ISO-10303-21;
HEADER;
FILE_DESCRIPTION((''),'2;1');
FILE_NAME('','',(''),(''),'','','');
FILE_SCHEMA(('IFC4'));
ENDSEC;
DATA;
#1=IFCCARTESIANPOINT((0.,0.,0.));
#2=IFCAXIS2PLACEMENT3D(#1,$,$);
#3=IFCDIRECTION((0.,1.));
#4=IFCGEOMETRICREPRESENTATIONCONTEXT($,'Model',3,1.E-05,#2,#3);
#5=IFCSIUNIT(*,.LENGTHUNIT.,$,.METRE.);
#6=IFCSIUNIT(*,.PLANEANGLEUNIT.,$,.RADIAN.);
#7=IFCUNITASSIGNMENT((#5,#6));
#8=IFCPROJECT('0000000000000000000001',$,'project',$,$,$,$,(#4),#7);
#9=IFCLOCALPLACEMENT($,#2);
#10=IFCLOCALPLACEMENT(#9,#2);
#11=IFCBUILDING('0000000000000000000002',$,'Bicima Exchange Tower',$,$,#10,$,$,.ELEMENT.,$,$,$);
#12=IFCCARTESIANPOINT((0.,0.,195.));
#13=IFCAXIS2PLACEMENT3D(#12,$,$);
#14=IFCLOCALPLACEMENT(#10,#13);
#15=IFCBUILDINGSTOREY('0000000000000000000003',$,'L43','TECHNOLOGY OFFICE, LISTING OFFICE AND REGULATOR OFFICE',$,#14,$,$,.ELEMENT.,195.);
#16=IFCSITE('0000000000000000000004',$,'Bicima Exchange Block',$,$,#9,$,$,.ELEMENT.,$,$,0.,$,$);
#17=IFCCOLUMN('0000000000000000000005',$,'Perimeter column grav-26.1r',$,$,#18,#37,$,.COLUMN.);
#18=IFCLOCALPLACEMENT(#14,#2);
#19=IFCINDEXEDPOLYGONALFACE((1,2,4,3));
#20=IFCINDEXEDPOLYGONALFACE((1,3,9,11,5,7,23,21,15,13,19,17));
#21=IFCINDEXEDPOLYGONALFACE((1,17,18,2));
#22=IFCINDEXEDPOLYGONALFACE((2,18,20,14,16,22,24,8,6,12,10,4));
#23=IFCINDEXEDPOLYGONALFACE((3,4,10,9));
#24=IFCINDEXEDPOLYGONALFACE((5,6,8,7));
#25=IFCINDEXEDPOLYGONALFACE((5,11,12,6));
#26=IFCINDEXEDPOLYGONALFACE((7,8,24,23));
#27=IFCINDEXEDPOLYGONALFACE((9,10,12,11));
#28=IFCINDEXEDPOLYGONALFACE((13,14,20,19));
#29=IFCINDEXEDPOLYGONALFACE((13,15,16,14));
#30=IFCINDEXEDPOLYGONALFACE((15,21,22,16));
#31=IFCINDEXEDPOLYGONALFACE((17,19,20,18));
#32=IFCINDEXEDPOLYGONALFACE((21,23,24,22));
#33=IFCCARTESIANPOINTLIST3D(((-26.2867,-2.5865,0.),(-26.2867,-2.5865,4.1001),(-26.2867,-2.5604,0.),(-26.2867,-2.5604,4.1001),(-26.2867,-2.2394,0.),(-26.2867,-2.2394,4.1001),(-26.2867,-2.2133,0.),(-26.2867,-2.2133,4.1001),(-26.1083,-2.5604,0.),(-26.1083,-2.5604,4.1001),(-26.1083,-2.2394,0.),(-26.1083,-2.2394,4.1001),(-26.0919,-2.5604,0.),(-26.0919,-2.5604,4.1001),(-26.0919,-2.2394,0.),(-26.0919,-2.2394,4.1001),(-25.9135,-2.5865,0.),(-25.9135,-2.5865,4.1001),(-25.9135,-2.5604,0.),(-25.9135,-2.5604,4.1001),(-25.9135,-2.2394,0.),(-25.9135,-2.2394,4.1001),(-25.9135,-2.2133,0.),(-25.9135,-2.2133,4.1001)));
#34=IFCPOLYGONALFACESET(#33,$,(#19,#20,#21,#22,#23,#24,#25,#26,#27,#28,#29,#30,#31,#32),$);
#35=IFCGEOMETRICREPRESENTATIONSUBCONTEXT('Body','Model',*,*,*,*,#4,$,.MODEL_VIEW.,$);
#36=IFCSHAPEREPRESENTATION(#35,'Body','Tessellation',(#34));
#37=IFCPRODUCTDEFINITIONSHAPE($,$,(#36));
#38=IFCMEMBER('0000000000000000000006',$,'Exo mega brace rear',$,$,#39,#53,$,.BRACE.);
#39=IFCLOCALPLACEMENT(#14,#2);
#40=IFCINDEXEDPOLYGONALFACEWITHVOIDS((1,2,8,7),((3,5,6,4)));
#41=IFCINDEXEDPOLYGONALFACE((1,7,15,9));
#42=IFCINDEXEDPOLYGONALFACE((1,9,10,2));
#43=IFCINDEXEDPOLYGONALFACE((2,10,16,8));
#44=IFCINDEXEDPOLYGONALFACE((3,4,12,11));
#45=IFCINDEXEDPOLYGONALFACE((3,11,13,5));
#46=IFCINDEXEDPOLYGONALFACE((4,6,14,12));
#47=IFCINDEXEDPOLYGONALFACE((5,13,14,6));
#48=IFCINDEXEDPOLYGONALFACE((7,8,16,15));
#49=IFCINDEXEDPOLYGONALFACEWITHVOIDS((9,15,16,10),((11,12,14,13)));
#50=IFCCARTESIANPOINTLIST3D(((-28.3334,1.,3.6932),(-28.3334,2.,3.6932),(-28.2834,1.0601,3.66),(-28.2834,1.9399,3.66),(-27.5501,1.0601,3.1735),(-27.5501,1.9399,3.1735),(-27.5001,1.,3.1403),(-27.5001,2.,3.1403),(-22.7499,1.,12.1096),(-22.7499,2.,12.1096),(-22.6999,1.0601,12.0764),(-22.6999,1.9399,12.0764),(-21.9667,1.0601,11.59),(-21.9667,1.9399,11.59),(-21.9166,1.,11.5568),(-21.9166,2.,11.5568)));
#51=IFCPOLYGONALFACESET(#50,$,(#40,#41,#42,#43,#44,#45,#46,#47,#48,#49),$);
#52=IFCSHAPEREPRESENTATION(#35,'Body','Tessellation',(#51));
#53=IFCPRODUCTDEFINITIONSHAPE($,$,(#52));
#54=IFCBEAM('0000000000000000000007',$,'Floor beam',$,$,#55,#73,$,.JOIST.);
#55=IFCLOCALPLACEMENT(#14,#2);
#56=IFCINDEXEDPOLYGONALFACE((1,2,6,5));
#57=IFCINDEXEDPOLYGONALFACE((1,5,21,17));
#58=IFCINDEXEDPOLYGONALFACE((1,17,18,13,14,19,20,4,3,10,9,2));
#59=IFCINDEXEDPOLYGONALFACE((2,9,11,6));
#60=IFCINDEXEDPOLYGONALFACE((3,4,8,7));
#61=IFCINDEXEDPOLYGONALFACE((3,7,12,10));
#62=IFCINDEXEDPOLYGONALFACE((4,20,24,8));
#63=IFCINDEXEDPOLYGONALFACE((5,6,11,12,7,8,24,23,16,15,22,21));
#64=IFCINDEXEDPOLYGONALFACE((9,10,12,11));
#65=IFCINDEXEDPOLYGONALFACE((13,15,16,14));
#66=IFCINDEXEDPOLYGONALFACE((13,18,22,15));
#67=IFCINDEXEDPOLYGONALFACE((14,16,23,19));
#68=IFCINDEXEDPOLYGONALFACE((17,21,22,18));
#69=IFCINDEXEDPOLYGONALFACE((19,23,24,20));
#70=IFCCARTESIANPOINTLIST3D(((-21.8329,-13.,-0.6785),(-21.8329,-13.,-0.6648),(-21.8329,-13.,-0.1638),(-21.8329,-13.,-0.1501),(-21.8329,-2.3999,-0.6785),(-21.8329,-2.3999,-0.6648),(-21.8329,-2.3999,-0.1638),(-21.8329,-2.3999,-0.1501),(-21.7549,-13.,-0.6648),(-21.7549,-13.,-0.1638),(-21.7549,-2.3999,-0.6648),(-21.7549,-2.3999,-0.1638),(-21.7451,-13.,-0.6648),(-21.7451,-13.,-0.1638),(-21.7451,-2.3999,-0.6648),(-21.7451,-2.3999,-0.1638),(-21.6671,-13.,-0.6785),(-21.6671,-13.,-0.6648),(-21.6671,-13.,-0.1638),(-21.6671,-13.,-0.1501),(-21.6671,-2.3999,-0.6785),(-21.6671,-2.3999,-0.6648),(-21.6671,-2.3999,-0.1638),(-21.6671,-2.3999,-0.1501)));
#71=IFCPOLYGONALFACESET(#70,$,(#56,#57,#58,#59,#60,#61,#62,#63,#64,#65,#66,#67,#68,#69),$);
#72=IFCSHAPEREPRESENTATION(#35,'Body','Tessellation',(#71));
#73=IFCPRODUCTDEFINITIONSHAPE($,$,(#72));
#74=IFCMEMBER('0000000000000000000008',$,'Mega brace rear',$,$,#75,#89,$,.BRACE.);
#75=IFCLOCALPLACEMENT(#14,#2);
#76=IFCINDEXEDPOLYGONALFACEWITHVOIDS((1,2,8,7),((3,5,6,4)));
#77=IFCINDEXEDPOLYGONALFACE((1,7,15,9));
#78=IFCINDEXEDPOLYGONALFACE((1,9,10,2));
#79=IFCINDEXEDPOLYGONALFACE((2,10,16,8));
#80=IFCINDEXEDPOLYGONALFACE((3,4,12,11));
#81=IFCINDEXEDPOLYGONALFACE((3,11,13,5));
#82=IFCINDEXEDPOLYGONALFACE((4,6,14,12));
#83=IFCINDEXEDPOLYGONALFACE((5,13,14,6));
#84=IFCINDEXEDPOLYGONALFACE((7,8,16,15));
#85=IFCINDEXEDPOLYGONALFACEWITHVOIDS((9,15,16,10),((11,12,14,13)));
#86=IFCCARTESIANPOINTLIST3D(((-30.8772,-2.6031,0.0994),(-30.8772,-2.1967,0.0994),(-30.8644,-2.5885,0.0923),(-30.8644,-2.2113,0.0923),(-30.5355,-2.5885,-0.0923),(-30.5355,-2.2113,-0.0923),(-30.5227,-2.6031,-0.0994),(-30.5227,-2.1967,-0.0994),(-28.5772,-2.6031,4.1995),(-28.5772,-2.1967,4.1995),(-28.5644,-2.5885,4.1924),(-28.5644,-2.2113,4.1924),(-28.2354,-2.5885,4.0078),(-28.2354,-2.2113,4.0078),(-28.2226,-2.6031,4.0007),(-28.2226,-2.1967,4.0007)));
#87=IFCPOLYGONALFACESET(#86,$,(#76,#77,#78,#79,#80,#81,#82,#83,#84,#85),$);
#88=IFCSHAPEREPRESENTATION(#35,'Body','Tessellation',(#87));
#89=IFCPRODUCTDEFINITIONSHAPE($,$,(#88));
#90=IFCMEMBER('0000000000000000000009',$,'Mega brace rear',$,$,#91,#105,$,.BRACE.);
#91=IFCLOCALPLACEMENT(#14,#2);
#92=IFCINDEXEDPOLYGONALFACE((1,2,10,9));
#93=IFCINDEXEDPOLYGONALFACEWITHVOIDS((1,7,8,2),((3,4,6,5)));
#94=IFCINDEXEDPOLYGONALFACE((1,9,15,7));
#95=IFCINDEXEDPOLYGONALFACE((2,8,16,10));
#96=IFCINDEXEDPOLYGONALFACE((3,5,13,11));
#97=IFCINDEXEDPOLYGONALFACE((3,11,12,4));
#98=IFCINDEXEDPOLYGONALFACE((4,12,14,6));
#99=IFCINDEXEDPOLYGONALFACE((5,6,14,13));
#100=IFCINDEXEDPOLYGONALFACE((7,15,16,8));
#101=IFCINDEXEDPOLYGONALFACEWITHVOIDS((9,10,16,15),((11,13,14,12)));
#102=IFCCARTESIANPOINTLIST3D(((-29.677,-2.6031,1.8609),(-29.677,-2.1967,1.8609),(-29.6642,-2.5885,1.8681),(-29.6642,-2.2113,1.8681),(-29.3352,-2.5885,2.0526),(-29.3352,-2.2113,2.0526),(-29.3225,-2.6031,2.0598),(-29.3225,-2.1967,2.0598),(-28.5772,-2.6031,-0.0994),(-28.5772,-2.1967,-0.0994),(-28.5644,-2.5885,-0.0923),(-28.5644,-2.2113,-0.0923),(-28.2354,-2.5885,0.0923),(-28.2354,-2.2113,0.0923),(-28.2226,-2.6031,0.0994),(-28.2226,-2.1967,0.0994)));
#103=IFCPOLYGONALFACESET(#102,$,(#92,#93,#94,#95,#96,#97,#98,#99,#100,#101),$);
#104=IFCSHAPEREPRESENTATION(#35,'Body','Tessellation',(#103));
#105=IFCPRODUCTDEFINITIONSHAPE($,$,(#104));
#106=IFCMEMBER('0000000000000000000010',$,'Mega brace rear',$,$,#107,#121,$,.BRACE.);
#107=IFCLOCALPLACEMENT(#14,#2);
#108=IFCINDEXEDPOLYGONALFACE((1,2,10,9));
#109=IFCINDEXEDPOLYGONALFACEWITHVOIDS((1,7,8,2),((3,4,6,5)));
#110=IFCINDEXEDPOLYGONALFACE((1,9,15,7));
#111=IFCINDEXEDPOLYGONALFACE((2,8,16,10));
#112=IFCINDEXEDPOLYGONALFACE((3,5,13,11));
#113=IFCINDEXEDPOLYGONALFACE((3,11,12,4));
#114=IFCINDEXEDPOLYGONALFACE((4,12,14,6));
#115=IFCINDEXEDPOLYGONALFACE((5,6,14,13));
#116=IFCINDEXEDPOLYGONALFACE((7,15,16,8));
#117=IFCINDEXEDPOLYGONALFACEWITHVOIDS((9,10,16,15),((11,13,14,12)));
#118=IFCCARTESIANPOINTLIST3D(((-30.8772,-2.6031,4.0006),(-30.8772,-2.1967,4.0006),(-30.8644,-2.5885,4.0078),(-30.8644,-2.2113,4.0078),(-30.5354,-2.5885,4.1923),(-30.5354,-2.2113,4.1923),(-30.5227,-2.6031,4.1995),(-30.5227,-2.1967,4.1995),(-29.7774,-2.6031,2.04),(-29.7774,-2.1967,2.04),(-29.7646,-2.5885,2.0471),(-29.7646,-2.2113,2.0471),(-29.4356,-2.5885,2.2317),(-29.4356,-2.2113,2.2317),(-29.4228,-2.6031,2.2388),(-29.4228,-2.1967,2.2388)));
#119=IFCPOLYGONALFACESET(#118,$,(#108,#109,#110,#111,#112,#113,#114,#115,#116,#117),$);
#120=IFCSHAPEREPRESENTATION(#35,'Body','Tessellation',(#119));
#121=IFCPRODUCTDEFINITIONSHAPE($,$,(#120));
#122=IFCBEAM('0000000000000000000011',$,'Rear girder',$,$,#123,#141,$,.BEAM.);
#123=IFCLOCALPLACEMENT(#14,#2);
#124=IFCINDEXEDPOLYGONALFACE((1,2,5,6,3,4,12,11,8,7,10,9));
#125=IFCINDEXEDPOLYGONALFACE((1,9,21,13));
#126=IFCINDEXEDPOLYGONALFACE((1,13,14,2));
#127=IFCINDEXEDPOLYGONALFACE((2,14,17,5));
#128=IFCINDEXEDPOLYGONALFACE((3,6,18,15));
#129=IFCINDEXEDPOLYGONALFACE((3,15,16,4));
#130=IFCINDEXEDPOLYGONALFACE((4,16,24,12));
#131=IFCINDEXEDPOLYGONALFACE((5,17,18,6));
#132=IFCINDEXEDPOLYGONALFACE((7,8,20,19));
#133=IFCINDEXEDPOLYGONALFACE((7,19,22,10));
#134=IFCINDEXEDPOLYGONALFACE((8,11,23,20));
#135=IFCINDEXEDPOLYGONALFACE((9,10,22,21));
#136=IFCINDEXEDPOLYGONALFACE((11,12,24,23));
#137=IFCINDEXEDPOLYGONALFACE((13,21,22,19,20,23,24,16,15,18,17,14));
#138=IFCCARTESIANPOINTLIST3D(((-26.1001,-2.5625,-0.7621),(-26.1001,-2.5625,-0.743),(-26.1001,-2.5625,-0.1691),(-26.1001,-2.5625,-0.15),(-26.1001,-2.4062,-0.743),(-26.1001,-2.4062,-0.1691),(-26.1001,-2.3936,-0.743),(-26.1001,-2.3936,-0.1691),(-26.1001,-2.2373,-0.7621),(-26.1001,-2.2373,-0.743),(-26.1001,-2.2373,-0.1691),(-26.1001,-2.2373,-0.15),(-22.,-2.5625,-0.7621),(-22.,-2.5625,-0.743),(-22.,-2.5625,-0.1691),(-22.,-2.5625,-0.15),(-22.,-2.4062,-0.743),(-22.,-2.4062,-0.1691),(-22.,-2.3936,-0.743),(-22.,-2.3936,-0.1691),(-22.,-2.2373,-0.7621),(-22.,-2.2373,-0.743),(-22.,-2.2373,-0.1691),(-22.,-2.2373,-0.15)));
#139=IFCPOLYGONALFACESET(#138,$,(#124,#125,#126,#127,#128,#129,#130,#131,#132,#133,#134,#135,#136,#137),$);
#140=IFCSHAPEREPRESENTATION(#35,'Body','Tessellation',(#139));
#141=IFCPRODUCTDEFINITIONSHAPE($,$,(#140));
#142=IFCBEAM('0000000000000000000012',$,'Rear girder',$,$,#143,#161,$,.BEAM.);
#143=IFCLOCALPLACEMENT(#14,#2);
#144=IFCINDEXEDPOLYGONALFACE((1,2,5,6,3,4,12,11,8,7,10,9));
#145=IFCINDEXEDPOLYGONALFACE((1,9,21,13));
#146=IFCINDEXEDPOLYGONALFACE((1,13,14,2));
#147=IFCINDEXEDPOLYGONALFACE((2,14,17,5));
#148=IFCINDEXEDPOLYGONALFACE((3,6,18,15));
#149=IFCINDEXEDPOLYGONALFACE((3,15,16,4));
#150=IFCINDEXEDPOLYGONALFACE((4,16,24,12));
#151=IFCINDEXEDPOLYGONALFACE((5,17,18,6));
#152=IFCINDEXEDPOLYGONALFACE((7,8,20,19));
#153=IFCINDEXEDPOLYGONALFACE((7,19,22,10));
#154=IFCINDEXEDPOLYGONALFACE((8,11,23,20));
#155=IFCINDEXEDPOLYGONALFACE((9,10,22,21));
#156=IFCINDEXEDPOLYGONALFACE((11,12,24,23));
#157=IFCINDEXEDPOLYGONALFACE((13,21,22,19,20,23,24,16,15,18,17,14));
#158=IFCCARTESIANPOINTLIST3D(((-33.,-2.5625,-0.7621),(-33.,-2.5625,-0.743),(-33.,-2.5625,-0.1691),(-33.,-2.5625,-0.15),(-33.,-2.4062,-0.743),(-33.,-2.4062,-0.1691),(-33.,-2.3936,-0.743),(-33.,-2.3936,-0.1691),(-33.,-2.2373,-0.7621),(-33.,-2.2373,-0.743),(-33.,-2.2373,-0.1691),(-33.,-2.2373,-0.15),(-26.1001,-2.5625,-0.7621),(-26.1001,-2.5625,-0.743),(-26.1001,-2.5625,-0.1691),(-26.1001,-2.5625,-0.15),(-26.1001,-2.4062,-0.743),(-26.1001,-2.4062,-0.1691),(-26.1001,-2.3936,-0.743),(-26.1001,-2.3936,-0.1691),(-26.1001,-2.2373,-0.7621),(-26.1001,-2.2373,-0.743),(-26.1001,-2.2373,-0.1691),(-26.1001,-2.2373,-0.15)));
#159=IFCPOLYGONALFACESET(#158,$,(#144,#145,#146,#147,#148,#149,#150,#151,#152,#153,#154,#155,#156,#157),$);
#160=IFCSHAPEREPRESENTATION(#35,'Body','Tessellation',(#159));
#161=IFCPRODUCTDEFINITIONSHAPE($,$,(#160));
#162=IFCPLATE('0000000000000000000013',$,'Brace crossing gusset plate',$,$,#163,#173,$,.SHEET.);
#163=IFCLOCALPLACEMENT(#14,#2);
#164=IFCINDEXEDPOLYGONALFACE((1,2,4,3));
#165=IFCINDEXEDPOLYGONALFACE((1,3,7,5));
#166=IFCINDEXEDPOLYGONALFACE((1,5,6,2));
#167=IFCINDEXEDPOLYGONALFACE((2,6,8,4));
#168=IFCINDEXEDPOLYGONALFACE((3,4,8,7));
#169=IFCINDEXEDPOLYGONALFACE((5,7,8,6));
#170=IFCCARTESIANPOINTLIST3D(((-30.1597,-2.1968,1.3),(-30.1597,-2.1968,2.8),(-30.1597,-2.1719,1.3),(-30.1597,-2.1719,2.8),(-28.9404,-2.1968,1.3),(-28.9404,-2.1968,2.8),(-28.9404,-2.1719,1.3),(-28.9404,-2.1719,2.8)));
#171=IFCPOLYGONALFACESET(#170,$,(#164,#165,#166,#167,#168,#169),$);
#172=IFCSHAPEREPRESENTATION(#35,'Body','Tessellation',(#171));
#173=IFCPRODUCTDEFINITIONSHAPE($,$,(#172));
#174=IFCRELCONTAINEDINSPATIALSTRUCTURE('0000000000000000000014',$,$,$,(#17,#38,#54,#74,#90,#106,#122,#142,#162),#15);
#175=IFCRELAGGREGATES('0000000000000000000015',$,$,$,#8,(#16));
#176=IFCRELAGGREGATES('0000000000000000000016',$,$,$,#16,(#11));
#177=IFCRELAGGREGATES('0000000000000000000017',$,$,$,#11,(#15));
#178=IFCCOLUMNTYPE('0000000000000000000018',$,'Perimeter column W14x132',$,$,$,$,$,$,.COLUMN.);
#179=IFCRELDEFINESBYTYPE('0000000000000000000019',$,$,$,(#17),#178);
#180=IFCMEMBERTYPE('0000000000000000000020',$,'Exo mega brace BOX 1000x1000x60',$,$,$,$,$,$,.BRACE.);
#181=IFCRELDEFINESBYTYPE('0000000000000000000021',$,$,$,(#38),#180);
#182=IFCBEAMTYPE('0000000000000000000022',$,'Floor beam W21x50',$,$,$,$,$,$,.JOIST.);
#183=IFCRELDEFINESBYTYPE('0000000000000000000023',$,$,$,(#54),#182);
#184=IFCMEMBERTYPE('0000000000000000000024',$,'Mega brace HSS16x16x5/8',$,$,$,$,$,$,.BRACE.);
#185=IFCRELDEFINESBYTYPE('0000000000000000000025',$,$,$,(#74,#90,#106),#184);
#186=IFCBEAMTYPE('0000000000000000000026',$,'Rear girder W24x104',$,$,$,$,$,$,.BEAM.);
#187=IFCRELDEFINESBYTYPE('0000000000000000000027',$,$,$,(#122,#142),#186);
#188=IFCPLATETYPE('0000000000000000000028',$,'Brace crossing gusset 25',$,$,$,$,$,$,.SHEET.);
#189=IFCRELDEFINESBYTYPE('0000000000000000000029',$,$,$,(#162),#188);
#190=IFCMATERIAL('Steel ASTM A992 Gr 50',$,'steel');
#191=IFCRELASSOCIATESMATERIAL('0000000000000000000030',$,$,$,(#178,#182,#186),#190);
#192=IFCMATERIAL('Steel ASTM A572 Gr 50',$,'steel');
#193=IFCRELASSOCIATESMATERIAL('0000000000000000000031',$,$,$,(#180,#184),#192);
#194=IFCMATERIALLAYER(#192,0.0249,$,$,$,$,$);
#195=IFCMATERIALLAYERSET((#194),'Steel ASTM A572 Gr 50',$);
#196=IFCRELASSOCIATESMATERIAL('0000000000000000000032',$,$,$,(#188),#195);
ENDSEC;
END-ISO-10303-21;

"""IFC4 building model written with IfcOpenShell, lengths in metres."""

from ifc_helpers import new_model, si_unit, direction, frame, origin, origin_2d, place, context, subcontext, project, spatial, rectangle, hollow_rectangle, i_section, extrude, material, layer, layer_set, material_profile, profile_set, type_object, element, save


model = new_model("IFC4")

# Units and contexts
model_context = context("Model", 3, precision=1e-05, world=origin(), true_north=direction((0.0, 1.0)))
body_context = subcontext(model_context, "Body", "Model", "MODEL_VIEW")
ifc_project = project(units=[si_unit("LENGTHUNIT", "METRE"), si_unit("PLANEANGLEUNIT", "RADIAN")], contexts=[model_context])

# Site, building, storey
site_placement = place(None, origin())
site = spatial("IfcSite", under=ifc_project, at=site_placement, Name="Bicima Exchange Block", CompositionType="ELEMENT", RefElevation=0.0)
building_placement = place(site_placement, origin())
building = spatial("IfcBuilding", under=site, at=building_placement, Name="Bicima Exchange Tower", CompositionType="ELEMENT")
storey_placement = place(building_placement, frame((0.0, 0.0, 195.0)))
storey = spatial("IfcBuildingStorey", under=building, at=storey_placement, Name="L43", Description="TECHNOLOGY OFFICE, LISTING OFFICE AND REGULATOR OFFICE", CompositionType="ELEMENT", Elevation=195.0)

# Column
ifc_material_1 = material(Name="Steel ASTM A992 Gr 50", Category="steel")
ifc_material_profile_1 = material_profile(ifc_material_1, i_section(OverallWidth=0.3733, OverallDepth=0.3733, WebThickness=0.0164, FlangeThickness=0.0261, at=origin_2d()))
ifc_profile_set_1 = profile_set([ifc_material_profile_1], Name="Steel ASTM A992 Gr 50")
column_type = type_object("IfcColumnType", Name="Perimeter column W14x132", PredefinedType="COLUMN", material=ifc_profile_set_1)
column_placement = place(storey_placement, frame((-26.1001, -2.3999, 0.0), z_axis=(0.0, 0.0, 1.0), x_axis=(1.0, 0.0, 0.0)))
element("IfcColumn", 1, at=column_placement, inside=storey, type_object=column_type, Name="Perimeter column grav-26.1r", PredefinedType="COLUMN", context=body_context, shape_type="SweptSolid", body=[
    extrude(i_section(OverallWidth=0.3733, OverallDepth=0.3733, WebThickness=0.0164, FlangeThickness=0.0261, at=origin_2d()), origin(), (0.0, 0.0, 1.0), 4.1001),
])

# Member
ifc_material_2 = material(Name="Steel ASTM A572 Gr 50", Category="steel")
ifc_material_profile_2 = material_profile(ifc_material_2, hollow_rectangle(XDim=1.0, YDim=1.0, WallThickness=0.0601, at=origin_2d()))
ifc_profile_set_2 = profile_set([ifc_material_profile_2], Name="Steel ASTM A572 Gr 50")
member_type_1 = type_object("IfcMemberType", Name="Exo mega brace BOX 1000x1000x60", PredefinedType="BRACE", material=ifc_profile_set_2)
member_1_placement = place(storey_placement, frame((-27.9167, 1.5, 3.4167), z_axis=(0.552813, 0.0, 0.833305), x_axis=(0.0, 1.0, 0.0)))
element("IfcMember", 2, at=member_1_placement, inside=storey, type_object=member_type_1, Name="Exo mega brace rear", PredefinedType="BRACE", context=body_context, shape_type="SweptSolid", body=[
    extrude(hollow_rectangle(XDim=1.0, YDim=1.0, WallThickness=0.0601, at=origin_2d()), origin(), (0.0, 0.0, 1.0), 10.1001),
])

# Beam
ifc_material_profile_3 = material_profile(ifc_material_1, i_section(OverallWidth=0.1658, OverallDepth=0.5283, WebThickness=0.0098, FlangeThickness=0.0137, at=origin_2d()))
ifc_profile_set_3 = profile_set([ifc_material_profile_3], Name="Steel ASTM A992 Gr 50")
beam_type_1 = type_object("IfcBeamType", Name="Floor beam W21x50", PredefinedType="JOIST", material=ifc_profile_set_3)
beam_1_placement = place(storey_placement, frame((-21.75, -2.3999, -0.4143), z_axis=(0.0, -1.0, 0.0), x_axis=(1.0, 0.0, 0.0)))
element("IfcBeam", 3, at=beam_1_placement, inside=storey, type_object=beam_type_1, Name="Floor beam", PredefinedType="JOIST", context=body_context, shape_type="SweptSolid", body=[
    extrude(i_section(OverallWidth=0.1658, OverallDepth=0.5283, WebThickness=0.0098, FlangeThickness=0.0137, at=origin_2d()), origin(), (0.0, 0.0, 1.0), 10.6001),
])

# Members
ifc_material_profile_4 = material_profile(ifc_material_2, hollow_rectangle(XDim=0.4065, YDim=0.4065, WallThickness=0.0146, at=origin_2d()))
ifc_profile_set_4 = profile_set([ifc_material_profile_4], Name="Steel ASTM A572 Gr 50")
member_type_2 = type_object("IfcMemberType", Name="Mega brace HSS16x16x5/8", PredefinedType="BRACE", material=ifc_profile_set_4)
member_2_placement = place(storey_placement, frame((-30.7, -2.3999, 0.0), z_axis=(0.48925, 0.0, 0.872144), x_axis=(0.0, 1.0, 0.0)))
element("IfcMember", 4, at=member_2_placement, inside=storey, type_object=member_type_2, Name="Mega brace rear", PredefinedType="BRACE", context=body_context, shape_type="SweptSolid", body=[
    extrude(hollow_rectangle(XDim=0.4065, YDim=0.4065, WallThickness=0.0146, at=origin_2d()), origin(), (0.0, 0.0, 1.0), 4.7012),
])
member_3_placement = place(storey_placement, frame((-28.3999, -2.3999, 0.0), z_axis=(-0.489281, 0.0, 0.872126), x_axis=(0.0, -1.0, 0.0)))
element("IfcMember", 5, at=member_3_placement, inside=storey, type_object=member_type_2, Name="Mega brace rear", PredefinedType="BRACE", context=body_context, shape_type="SweptSolid", body=[
    extrude(hollow_rectangle(XDim=0.4065, YDim=0.4065, WallThickness=0.0146, at=origin_2d()), origin(), (0.0, 0.0, 1.0), 2.2478),
])
member_4_placement = place(storey_placement, frame((-29.6001, -2.3999, 2.1394), z_axis=(-0.489235, 0.0, 0.872152), x_axis=(0.0, -1.0, 0.0)))
element("IfcMember", 6, at=member_4_placement, inside=storey, type_object=member_type_2, Name="Mega brace rear", PredefinedType="BRACE", context=body_context, shape_type="SweptSolid", body=[
    extrude(hollow_rectangle(XDim=0.4065, YDim=0.4065, WallThickness=0.0146, at=origin_2d()), origin(), (0.0, 0.0, 1.0), 2.248),
])

# Beams
ifc_material_profile_5 = material_profile(ifc_material_1, i_section(OverallWidth=0.3252, OverallDepth=0.6121, WebThickness=0.0127, FlangeThickness=0.019, at=origin_2d()))
ifc_profile_set_5 = profile_set([ifc_material_profile_5], Name="Steel ASTM A992 Gr 50")
beam_type_2 = type_object("IfcBeamType", Name="Rear girder W24x104", PredefinedType="BEAM", material=ifc_profile_set_5)
beam_2_placement = place(storey_placement, frame((-22.0, -2.3999, -0.4561), z_axis=(-1.0, 0.0, 0.0), x_axis=(0.0, -1.0, 0.0)))
element("IfcBeam", 7, at=beam_2_placement, inside=storey, type_object=beam_type_2, Name="Rear girder", PredefinedType="BEAM", context=body_context, shape_type="SweptSolid", body=[
    extrude(i_section(OverallWidth=0.3252, OverallDepth=0.6121, WebThickness=0.0127, FlangeThickness=0.019, at=origin_2d()), origin(), (0.0, 0.0, 1.0), 4.1001),
])
beam_3_placement = place(storey_placement, frame((-26.1001, -2.3999, -0.4561), z_axis=(-1.0, 0.0, 0.0), x_axis=(0.0, -1.0, 0.0)))
element("IfcBeam", 8, at=beam_3_placement, inside=storey, type_object=beam_type_2, Name="Rear girder", PredefinedType="BEAM", context=body_context, shape_type="SweptSolid", body=[
    extrude(i_section(OverallWidth=0.3252, OverallDepth=0.6121, WebThickness=0.0127, FlangeThickness=0.019, at=origin_2d()), origin(), (0.0, 0.0, 1.0), 6.8999),
])

# Plate
ifc_layer_1 = layer(ifc_material_2, 0.0249)
ifc_layer_set_1 = layer_set([ifc_layer_1], Name="Steel ASTM A572 Gr 50")
plate_type = type_object("IfcPlateType", Name="Brace crossing gusset 25", PredefinedType="SHEET", material=ifc_layer_set_1)
plate_placement = place(storey_placement, frame((-29.55, -2.1843, 1.3), z_axis=(0.0, 0.0, 1.0), x_axis=(1.0, 0.0, 0.0)))
element("IfcPlate", 9, at=plate_placement, inside=storey, type_object=plate_type, Name="Brace crossing gusset plate", PredefinedType="SHEET", context=body_context, shape_type="SweptSolid", body=[
    extrude(rectangle(XDim=1.2192, YDim=0.0249, at=origin_2d()), origin(), (0.0, 0.0, 1.0), 1.5),
])

save(model, "model.ifc")
